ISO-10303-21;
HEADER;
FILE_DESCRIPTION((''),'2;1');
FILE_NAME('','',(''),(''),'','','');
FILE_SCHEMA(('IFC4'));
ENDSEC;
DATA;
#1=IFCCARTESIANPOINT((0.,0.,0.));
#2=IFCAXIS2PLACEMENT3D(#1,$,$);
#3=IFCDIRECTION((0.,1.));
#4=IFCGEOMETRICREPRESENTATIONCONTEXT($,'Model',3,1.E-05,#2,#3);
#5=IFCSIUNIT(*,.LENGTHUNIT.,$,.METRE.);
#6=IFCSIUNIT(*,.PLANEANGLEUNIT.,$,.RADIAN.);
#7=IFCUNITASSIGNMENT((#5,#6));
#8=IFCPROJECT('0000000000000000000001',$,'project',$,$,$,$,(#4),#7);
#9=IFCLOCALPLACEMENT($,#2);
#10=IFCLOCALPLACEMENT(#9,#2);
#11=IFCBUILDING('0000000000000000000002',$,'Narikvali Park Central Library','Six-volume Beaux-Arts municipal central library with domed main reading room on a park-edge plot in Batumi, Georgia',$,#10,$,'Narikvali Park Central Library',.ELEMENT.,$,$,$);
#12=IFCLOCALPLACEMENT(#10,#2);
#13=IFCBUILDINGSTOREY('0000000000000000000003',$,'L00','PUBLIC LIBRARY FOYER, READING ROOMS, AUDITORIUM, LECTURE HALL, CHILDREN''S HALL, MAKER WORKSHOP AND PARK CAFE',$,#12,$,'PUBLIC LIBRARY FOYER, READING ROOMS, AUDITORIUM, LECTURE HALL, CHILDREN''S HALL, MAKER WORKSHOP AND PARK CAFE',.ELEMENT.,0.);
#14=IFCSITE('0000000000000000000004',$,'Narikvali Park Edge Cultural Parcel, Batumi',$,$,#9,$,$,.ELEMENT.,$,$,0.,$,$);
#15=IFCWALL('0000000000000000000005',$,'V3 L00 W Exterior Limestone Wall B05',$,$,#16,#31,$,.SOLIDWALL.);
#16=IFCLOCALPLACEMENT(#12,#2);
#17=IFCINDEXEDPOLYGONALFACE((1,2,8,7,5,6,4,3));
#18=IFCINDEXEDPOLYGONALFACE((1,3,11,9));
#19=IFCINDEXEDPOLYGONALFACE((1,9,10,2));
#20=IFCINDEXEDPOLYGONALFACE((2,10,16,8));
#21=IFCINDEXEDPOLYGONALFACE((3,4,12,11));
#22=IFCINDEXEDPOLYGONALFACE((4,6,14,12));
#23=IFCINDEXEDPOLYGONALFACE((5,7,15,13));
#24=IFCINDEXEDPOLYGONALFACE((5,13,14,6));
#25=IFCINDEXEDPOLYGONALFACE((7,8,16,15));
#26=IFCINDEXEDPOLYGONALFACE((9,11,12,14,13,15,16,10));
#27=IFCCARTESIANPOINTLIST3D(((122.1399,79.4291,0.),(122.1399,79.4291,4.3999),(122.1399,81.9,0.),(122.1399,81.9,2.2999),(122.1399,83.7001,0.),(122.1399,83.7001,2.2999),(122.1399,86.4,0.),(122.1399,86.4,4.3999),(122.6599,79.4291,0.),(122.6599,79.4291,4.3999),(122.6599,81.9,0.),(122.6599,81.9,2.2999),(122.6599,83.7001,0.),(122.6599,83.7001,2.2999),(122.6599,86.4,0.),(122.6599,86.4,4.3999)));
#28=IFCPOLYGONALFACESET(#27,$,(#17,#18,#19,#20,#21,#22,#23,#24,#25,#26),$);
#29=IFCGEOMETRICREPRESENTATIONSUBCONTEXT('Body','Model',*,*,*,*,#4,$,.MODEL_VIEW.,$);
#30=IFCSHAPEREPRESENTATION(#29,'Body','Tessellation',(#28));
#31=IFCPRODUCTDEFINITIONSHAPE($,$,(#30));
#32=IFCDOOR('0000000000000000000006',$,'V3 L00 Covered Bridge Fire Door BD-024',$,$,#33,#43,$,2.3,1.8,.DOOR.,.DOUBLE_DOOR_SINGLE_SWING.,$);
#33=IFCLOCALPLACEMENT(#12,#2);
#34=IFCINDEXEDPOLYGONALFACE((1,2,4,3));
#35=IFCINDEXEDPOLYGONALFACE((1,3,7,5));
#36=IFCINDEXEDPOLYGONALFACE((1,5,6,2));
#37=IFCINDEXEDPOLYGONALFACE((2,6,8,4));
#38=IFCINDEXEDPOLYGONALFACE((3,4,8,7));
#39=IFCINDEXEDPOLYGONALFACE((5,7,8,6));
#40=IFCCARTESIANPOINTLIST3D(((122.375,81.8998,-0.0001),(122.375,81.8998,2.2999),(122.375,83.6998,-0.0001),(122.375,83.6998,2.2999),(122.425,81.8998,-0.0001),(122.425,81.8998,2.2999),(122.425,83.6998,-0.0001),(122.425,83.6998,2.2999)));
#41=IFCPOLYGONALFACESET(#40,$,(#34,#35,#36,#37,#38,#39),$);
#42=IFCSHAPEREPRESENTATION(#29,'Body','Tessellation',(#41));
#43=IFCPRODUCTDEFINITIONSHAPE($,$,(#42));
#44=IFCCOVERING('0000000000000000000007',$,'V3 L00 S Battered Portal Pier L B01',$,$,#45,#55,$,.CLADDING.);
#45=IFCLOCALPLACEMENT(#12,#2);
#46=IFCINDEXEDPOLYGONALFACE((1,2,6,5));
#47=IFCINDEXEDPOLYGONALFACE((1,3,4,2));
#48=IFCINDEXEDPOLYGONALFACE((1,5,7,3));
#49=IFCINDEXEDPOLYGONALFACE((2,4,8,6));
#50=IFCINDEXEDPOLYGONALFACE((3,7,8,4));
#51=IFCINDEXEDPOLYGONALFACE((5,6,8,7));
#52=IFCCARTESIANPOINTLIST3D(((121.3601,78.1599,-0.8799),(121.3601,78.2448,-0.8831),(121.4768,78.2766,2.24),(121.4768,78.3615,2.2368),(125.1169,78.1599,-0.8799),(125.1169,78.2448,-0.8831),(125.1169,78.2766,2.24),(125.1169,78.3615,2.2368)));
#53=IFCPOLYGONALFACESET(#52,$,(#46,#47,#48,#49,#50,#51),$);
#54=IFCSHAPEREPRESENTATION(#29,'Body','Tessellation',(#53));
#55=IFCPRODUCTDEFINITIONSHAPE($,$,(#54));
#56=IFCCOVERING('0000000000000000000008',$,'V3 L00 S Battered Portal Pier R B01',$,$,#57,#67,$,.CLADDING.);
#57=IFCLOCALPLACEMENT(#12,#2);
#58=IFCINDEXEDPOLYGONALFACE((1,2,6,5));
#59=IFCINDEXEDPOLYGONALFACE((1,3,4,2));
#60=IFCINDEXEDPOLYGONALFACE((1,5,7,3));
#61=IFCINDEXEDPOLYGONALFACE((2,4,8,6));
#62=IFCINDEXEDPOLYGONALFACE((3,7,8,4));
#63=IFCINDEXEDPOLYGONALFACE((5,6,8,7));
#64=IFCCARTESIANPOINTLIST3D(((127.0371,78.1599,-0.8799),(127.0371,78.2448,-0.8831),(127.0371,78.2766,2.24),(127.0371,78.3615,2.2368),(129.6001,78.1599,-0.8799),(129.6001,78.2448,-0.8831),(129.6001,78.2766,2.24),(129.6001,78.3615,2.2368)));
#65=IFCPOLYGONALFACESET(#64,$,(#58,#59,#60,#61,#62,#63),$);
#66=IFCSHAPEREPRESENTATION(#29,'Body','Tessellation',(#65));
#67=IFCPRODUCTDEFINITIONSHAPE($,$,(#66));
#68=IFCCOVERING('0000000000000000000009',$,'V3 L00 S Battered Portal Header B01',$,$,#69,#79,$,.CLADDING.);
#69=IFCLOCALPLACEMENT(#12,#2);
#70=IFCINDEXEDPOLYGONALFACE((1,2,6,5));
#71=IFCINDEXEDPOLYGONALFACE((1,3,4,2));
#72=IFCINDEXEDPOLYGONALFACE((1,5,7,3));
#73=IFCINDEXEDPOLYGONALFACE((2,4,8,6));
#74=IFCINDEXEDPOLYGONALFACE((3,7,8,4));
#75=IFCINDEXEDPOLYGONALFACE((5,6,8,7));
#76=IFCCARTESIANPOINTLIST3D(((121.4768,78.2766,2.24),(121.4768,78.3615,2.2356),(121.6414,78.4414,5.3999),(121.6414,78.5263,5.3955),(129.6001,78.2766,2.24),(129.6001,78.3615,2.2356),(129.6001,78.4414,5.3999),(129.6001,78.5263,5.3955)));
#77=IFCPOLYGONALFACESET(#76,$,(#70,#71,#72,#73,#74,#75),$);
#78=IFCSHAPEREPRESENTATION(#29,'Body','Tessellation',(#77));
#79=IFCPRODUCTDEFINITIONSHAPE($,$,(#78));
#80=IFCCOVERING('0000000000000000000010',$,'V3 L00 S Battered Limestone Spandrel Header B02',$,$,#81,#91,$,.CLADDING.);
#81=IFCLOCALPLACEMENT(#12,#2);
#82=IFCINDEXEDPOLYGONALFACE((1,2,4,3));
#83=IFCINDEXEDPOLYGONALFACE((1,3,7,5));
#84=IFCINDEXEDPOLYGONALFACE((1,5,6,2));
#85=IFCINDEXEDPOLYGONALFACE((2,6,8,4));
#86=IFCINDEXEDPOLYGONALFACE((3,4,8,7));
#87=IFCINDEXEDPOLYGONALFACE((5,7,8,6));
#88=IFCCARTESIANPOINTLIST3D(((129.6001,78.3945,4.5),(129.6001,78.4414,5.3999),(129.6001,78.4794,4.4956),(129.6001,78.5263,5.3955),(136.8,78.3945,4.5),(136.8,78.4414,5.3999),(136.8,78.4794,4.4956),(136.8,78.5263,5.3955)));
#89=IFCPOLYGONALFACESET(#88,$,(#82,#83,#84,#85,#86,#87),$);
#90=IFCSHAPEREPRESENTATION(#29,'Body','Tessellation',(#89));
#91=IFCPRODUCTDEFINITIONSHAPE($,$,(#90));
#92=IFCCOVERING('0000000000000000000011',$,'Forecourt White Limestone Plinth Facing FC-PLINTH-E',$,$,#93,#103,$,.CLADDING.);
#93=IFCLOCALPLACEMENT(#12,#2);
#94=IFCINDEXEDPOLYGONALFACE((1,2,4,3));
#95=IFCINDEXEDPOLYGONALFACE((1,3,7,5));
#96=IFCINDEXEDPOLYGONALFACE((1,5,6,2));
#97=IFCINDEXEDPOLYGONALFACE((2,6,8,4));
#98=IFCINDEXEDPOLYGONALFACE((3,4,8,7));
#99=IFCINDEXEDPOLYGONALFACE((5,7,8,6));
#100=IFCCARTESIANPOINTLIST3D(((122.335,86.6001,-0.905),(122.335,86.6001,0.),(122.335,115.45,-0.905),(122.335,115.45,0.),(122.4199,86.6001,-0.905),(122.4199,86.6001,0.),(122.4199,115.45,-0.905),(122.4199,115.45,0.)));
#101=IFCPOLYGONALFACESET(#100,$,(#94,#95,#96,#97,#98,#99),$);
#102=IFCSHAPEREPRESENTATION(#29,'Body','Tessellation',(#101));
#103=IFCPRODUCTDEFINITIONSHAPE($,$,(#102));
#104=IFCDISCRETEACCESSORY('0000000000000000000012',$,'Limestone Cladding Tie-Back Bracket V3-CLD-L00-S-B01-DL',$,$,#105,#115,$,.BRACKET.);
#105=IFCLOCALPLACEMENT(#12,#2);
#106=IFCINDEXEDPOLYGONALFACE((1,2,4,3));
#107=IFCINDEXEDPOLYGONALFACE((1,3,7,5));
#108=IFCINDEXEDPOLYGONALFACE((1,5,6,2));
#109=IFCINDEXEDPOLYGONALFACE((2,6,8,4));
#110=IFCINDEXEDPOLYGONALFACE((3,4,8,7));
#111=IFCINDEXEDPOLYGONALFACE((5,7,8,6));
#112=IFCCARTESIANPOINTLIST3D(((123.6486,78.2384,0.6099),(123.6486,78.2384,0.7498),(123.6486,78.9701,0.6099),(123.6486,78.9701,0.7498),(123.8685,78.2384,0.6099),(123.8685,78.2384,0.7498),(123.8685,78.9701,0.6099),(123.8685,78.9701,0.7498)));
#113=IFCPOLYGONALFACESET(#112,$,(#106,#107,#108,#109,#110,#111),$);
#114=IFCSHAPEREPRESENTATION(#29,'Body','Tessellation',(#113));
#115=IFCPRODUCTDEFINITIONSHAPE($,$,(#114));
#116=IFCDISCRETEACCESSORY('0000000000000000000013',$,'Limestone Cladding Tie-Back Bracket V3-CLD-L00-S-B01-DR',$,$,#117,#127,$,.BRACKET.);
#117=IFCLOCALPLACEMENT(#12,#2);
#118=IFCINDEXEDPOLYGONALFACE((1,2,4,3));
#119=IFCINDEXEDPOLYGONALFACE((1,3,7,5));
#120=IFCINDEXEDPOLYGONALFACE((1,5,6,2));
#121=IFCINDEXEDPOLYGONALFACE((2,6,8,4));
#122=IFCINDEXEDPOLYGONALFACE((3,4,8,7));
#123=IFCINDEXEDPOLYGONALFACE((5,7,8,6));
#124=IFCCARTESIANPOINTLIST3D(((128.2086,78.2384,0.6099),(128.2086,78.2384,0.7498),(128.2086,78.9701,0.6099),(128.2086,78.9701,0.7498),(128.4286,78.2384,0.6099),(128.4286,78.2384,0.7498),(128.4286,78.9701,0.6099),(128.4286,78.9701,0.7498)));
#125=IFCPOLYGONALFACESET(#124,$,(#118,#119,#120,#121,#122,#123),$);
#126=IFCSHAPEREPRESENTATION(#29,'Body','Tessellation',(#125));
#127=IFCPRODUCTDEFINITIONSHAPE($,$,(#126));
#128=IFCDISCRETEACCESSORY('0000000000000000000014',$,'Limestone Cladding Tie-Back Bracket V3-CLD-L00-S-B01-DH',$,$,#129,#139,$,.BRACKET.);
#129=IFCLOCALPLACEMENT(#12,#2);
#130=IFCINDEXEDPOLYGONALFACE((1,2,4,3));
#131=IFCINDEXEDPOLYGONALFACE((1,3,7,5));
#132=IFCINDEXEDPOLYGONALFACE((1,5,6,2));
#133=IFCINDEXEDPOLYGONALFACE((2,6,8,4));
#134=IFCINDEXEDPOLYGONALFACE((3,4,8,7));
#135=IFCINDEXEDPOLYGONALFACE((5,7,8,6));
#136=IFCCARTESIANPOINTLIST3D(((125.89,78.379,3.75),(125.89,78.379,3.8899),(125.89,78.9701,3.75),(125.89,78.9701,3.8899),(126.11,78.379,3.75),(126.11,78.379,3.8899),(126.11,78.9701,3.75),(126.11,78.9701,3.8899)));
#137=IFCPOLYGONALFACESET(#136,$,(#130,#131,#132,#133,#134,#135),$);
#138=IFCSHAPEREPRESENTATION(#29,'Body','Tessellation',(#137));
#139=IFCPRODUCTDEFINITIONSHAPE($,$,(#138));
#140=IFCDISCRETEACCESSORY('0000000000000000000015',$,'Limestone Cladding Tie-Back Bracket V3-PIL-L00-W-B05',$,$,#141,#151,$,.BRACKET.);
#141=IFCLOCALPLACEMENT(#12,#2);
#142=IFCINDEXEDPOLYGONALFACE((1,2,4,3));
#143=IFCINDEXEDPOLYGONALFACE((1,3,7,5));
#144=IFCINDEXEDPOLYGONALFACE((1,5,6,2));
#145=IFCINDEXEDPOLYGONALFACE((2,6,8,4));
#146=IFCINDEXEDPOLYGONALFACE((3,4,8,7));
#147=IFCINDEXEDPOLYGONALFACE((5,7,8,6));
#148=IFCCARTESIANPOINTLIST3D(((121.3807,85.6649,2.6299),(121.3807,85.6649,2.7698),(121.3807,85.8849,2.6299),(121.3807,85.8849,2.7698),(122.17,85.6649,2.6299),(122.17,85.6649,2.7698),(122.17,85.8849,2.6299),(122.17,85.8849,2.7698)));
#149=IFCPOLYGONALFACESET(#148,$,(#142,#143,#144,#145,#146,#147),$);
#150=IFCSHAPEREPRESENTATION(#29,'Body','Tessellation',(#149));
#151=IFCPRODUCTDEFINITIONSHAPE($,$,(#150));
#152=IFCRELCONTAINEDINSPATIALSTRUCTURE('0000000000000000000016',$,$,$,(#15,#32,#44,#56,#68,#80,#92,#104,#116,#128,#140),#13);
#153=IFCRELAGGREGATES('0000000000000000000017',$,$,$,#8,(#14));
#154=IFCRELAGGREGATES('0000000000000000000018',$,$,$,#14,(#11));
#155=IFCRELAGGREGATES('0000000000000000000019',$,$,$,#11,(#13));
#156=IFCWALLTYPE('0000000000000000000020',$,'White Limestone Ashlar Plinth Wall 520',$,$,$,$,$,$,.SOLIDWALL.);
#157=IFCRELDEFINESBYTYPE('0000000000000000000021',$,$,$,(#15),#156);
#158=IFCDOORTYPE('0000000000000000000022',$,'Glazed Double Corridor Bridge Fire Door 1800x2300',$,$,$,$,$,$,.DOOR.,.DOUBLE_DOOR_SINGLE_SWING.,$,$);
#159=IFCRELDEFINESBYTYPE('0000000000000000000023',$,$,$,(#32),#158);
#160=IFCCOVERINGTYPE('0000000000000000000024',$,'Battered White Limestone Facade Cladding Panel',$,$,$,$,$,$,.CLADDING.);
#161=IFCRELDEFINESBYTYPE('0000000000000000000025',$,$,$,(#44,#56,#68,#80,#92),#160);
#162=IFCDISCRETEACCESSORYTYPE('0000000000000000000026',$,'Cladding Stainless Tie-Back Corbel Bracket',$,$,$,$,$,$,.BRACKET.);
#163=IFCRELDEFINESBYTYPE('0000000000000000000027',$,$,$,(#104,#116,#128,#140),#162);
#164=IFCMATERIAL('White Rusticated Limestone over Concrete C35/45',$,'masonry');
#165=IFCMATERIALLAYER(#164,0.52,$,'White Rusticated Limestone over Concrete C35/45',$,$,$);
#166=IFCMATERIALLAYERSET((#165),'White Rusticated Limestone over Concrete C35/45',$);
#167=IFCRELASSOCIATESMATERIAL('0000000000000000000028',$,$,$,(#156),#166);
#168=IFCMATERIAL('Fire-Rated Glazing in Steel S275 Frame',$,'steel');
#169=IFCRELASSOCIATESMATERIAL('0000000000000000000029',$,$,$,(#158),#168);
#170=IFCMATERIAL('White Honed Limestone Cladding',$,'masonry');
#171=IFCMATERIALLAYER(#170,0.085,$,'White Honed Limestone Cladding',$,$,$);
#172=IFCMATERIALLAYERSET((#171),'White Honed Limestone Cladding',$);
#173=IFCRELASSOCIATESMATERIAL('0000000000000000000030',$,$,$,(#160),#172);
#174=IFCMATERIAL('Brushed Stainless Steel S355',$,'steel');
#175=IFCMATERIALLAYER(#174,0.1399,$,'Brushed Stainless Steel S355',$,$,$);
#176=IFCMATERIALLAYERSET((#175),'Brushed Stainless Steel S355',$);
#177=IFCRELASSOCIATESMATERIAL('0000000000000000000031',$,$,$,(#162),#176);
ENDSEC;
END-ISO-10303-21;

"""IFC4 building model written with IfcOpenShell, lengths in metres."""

from ifc_helpers import new_model, si_unit, direction, frame, frame_2d, origin, origin_2d, place, context, subcontext, project, spatial, polyline, rectangle, outline, extrude, material, layer, layer_set, type_object, element, fill, save


model = new_model("IFC4")

# Units and contexts
model_context = context("Model", 3, precision=1e-05, world=origin(), true_north=direction((0.0, 1.0)))
body_context = subcontext(model_context, "Body", "Model", "MODEL_VIEW")
ifc_project = project(units=[si_unit("LENGTHUNIT", "METRE"), si_unit("PLANEANGLEUNIT", "RADIAN")], contexts=[model_context])

# Site, building, storey
site_placement = place(None, origin())
site = spatial("IfcSite", under=ifc_project, at=site_placement, Name="Narikvali Park Edge Cultural Parcel, Batumi", CompositionType="ELEMENT", RefElevation=0.0)
building_placement = place(site_placement, origin())
building = spatial("IfcBuilding", under=site, at=building_placement, Name="Narikvali Park Central Library", Description="Six-volume Beaux-Arts municipal central library with domed main reading room on a park-edge plot in Batumi, Georgia", LongName="Narikvali Park Central Library", CompositionType="ELEMENT")
storey_placement = place(building_placement, origin())
storey = spatial("IfcBuildingStorey", under=building, at=storey_placement, Name="L00", Description="PUBLIC LIBRARY FOYER, READING ROOMS, AUDITORIUM, LECTURE HALL, CHILDREN'S HALL, MAKER WORKSHOP AND PARK CAFE", LongName="PUBLIC LIBRARY FOYER, READING ROOMS, AUDITORIUM, LECTURE HALL, CHILDREN'S HALL, MAKER WORKSHOP AND PARK CAFE", CompositionType="ELEMENT", Elevation=0.0)

# Shared definitions
ifc_material_1 = material(Name="White Rusticated Limestone over Concrete C35/45", Category="masonry")

# Wall, opening, door
ifc_layer_1 = layer(ifc_material_1, 0.52, Name="White Rusticated Limestone over Concrete C35/45")
ifc_layer_set_1 = layer_set([ifc_layer_1], Name="White Rusticated Limestone over Concrete C35/45")
wall_type_1 = type_object("IfcWallType", Name="White Limestone Ashlar Plinth Wall 520", PredefinedType="SOLIDWALL", material=ifc_layer_set_1)
wall_1_placement = place(storey_placement, frame((122.3999, 86.3999, 0.0), z_axis=(0.0, 0.0, 1.0), x_axis=(0.0, -1.0, 0.0)))
wall_1 = element("IfcWall", 1, at=wall_1_placement, inside=storey, type_object=wall_type_1, Name="V3 L00 W Exterior Limestone Wall B05", PredefinedType="SOLIDWALL", context=body_context, shape_type="SweptSolid", body=[
    extrude(rectangle(XDim=6.9709, YDim=0.52, at=frame_2d((3.4854, 0.0))), origin(), (0.0, 0.0, 1.0), 4.3999),
])
opening_1_placement = place(wall_1_placement, frame((2.7, 0.0, 0.0)))
opening_1 = element("IfcOpeningElement", 2, at=opening_1_placement, cuts=wall_1, PredefinedType="OPENING", context=body_context, shape_type="SweptSolid", body=[
    extrude(rectangle(XDim=1.8, YDim=2.3, at=frame_2d((0.8999, 1.1499))), frame((0.0, 0.272, 0.0), z_axis=(0.0, -1.0, 0.0), x_axis=(1.0, 0.0, 0.0)), (0.0, 0.0, 1.0), 0.5439),
])
ifc_material_2 = material(Name="Fire-Rated Glazing in Steel S275 Frame", Category="steel")
door_type_1 = type_object("IfcDoorType", Name="Glazed Double Corridor Bridge Fire Door 1800x2300", OperationType="DOUBLE_DOOR_SINGLE_SWING", PredefinedType="DOOR", material=ifc_material_2)
door_1_placement = place(opening_1_placement, frame((1.8, 0.0, 0.0), z_axis=(0.0, 0.0, 1.0), x_axis=(-1.0, 0.0, 0.0)))
door_1 = element("IfcDoor", 3, at=door_1_placement, inside=storey, type_object=door_type_1, Name="V3 L00 Covered Bridge Fire Door BD-024", OperationType="DOUBLE_DOOR_SINGLE_SWING", OverallHeight=2.3, OverallWidth=1.8, PredefinedType="DOOR", context=body_context, shape_type="SweptSolid", body=[
    extrude(rectangle(XDim=1.8, YDim=2.3, at=frame_2d((0.8999, 1.1499))), frame((0.0, 0.0249, 0.0), z_axis=(0.0, -1.0, 0.0), x_axis=(1.0, 0.0, 0.0)), (0.0, 0.0, 1.0), 0.05),
])
fill(opening_1, door_1)

# Coverings
ifc_material_3 = material(Name="White Honed Limestone Cladding", Category="masonry")
ifc_layer_2 = layer(ifc_material_3, 0.085, Name="White Honed Limestone Cladding")
ifc_layer_set_2 = layer_set([ifc_layer_2], Name="White Honed Limestone Cladding")
covering_type = type_object("IfcCoveringType", Name="Battered White Limestone Facade Cladding Panel", PredefinedType="CLADDING", material=ifc_layer_set_2)
covering_1_placement = place(storey_placement, frame((121.3601, 78.1599, -0.8799), z_axis=(0.0, -0.999301, 0.037379), x_axis=(1.0, 0.0, 0.0)))
element("IfcCovering", 4, at=covering_1_placement, inside=storey, type_object=covering_type, Name="V3 L00 S Battered Portal Pier L B01", PredefinedType="CLADDING", context=body_context, shape_type="SweptSolid", body=[
    extrude(outline(polyline([(0.0, 0.0), (3.7568, 0.0), (3.7568, 3.1221), (0.1167, 3.1221), (0.0, 0.0)])), origin(), (0.0, 0.0, -1.0), 0.085),
])
covering_2_placement = place(storey_placement, frame((127.0371, 78.1599, -0.8799), z_axis=(0.0, -0.999301, 0.037379), x_axis=(1.0, 0.0, 0.0)))
element("IfcCovering", 5, at=covering_2_placement, inside=storey, type_object=covering_type, Name="V3 L00 S Battered Portal Pier R B01", PredefinedType="CLADDING", context=body_context, shape_type="SweptSolid", body=[
    extrude(outline(polyline([(0.0, 0.0), (2.563, 0.0), (2.563, 3.1221), (0.0, 3.1221), (0.0, 0.0)])), origin(), (0.0, 0.0, -1.0), 0.085),
])
covering_3_placement = place(storey_placement, frame((121.4768, 78.2766, 2.24), z_axis=(0.0, -0.998643, 0.052081), x_axis=(1.0, 0.0, 0.0)))
element("IfcCovering", 6, at=covering_3_placement, inside=storey, type_object=covering_type, Name="V3 L00 S Battered Portal Header B01", PredefinedType="CLADDING", context=body_context, shape_type="SweptSolid", body=[
    extrude(outline(polyline([(0.0, 0.0), (8.1233, 0.0), (8.1233, 3.1642), (0.1646, 3.1642), (0.0, 0.0)])), origin(), (0.0, 0.0, -1.0), 0.085),
])
covering_4_placement = place(storey_placement, frame((129.6001, 78.3945, 4.5), z_axis=(0.0, -0.998646, 0.052018), x_axis=(1.0, 0.0, 0.0)))
element("IfcCovering", 7, at=covering_4_placement, inside=storey, type_object=covering_type, Name="V3 L00 S Battered Limestone Spandrel Header B02", PredefinedType="CLADDING", context=body_context, shape_type="SweptSolid", body=[
    extrude(outline(polyline([(0.0, 0.0), (7.2, 0.0), (7.2, 0.9011), (0.0, 0.9011), (0.0, 0.0)])), origin(), (0.0, 0.0, -1.0), 0.085),
])
covering_5_placement = place(storey_placement, frame((122.4199, 86.6001, -0.905), z_axis=(1.0, 0.0, 0.0), x_axis=(0.0, 1.0, 0.0)))
element("IfcCovering", 8, at=covering_5_placement, inside=storey, type_object=covering_type, Name="Forecourt White Limestone Plinth Facing FC-PLINTH-E", PredefinedType="CLADDING", context=body_context, shape_type="SweptSolid", body=[
    extrude(outline(polyline([(0.0, 0.0), (28.8499, 0.0), (28.8499, 0.905), (0.0, 0.905), (0.0, 0.0)])), origin(), (0.0, 0.0, -1.0), 0.085),
])

# Discrete accessories
ifc_material_4 = material(Name="Brushed Stainless Steel S355", Category="steel")
ifc_layer_3 = layer(ifc_material_4, 0.1399, Name="Brushed Stainless Steel S355")
ifc_layer_set_3 = layer_set([ifc_layer_3], Name="Brushed Stainless Steel S355")
discrete_accessory_type = type_object("IfcDiscreteAccessoryType", Name="Cladding Stainless Tie-Back Corbel Bracket", PredefinedType="BRACKET", material=ifc_layer_set_3)
for number, where, z_axis, x_axis, name in (
    (9, (123.7585, 78.6042, 0.6099), (0.0, 0.0, 1.0), (1.0, 0.0, 0.0), "Limestone Cladding Tie-Back Bracket V3-CLD-L00-S-B01-DL"),
    (10, (128.3186, 78.6042, 0.6099), (0.0, 0.0, 1.0), (1.0, 0.0, 0.0), "Limestone Cladding Tie-Back Bracket V3-CLD-L00-S-B01-DR"),
):
    element("IfcDiscreteAccessory", number, at=place(storey_placement, frame(where, z_axis=z_axis, x_axis=x_axis)), inside=storey, type_object=discrete_accessory_type, Name=name, PredefinedType="BRACKET", context=body_context, shape_type="SweptSolid", body=[
        extrude(rectangle(XDim=0.22, YDim=0.7317, at=origin_2d()), origin(), (0.0, 0.0, 1.0), 0.1399),
    ])
discrete_accessory_1_placement = place(storey_placement, frame((126.0, 78.6746, 3.75), z_axis=(0.0, 0.0, 1.0), x_axis=(1.0, 0.0, 0.0)))
element("IfcDiscreteAccessory", 11, at=discrete_accessory_1_placement, inside=storey, type_object=discrete_accessory_type, Name="Limestone Cladding Tie-Back Bracket V3-CLD-L00-S-B01-DH", PredefinedType="BRACKET", context=body_context, shape_type="SweptSolid", body=[
    extrude(rectangle(XDim=0.22, YDim=0.5911, at=origin_2d()), origin(), (0.0, 0.0, 1.0), 0.1399),
])
discrete_accessory_2_placement = place(storey_placement, frame((121.7754, 85.7749, 2.6299), z_axis=(0.0, 0.0, 1.0), x_axis=(1.0, 0.0, 0.0)))
element("IfcDiscreteAccessory", 12, at=discrete_accessory_2_placement, inside=storey, type_object=discrete_accessory_type, Name="Limestone Cladding Tie-Back Bracket V3-PIL-L00-W-B05", PredefinedType="BRACKET", context=body_context, shape_type="SweptSolid", body=[
    extrude(rectangle(XDim=0.7893, YDim=0.22, at=origin_2d()), origin(), (0.0, 0.0, 1.0), 0.1399),
])

save(model, "model.ifc")
